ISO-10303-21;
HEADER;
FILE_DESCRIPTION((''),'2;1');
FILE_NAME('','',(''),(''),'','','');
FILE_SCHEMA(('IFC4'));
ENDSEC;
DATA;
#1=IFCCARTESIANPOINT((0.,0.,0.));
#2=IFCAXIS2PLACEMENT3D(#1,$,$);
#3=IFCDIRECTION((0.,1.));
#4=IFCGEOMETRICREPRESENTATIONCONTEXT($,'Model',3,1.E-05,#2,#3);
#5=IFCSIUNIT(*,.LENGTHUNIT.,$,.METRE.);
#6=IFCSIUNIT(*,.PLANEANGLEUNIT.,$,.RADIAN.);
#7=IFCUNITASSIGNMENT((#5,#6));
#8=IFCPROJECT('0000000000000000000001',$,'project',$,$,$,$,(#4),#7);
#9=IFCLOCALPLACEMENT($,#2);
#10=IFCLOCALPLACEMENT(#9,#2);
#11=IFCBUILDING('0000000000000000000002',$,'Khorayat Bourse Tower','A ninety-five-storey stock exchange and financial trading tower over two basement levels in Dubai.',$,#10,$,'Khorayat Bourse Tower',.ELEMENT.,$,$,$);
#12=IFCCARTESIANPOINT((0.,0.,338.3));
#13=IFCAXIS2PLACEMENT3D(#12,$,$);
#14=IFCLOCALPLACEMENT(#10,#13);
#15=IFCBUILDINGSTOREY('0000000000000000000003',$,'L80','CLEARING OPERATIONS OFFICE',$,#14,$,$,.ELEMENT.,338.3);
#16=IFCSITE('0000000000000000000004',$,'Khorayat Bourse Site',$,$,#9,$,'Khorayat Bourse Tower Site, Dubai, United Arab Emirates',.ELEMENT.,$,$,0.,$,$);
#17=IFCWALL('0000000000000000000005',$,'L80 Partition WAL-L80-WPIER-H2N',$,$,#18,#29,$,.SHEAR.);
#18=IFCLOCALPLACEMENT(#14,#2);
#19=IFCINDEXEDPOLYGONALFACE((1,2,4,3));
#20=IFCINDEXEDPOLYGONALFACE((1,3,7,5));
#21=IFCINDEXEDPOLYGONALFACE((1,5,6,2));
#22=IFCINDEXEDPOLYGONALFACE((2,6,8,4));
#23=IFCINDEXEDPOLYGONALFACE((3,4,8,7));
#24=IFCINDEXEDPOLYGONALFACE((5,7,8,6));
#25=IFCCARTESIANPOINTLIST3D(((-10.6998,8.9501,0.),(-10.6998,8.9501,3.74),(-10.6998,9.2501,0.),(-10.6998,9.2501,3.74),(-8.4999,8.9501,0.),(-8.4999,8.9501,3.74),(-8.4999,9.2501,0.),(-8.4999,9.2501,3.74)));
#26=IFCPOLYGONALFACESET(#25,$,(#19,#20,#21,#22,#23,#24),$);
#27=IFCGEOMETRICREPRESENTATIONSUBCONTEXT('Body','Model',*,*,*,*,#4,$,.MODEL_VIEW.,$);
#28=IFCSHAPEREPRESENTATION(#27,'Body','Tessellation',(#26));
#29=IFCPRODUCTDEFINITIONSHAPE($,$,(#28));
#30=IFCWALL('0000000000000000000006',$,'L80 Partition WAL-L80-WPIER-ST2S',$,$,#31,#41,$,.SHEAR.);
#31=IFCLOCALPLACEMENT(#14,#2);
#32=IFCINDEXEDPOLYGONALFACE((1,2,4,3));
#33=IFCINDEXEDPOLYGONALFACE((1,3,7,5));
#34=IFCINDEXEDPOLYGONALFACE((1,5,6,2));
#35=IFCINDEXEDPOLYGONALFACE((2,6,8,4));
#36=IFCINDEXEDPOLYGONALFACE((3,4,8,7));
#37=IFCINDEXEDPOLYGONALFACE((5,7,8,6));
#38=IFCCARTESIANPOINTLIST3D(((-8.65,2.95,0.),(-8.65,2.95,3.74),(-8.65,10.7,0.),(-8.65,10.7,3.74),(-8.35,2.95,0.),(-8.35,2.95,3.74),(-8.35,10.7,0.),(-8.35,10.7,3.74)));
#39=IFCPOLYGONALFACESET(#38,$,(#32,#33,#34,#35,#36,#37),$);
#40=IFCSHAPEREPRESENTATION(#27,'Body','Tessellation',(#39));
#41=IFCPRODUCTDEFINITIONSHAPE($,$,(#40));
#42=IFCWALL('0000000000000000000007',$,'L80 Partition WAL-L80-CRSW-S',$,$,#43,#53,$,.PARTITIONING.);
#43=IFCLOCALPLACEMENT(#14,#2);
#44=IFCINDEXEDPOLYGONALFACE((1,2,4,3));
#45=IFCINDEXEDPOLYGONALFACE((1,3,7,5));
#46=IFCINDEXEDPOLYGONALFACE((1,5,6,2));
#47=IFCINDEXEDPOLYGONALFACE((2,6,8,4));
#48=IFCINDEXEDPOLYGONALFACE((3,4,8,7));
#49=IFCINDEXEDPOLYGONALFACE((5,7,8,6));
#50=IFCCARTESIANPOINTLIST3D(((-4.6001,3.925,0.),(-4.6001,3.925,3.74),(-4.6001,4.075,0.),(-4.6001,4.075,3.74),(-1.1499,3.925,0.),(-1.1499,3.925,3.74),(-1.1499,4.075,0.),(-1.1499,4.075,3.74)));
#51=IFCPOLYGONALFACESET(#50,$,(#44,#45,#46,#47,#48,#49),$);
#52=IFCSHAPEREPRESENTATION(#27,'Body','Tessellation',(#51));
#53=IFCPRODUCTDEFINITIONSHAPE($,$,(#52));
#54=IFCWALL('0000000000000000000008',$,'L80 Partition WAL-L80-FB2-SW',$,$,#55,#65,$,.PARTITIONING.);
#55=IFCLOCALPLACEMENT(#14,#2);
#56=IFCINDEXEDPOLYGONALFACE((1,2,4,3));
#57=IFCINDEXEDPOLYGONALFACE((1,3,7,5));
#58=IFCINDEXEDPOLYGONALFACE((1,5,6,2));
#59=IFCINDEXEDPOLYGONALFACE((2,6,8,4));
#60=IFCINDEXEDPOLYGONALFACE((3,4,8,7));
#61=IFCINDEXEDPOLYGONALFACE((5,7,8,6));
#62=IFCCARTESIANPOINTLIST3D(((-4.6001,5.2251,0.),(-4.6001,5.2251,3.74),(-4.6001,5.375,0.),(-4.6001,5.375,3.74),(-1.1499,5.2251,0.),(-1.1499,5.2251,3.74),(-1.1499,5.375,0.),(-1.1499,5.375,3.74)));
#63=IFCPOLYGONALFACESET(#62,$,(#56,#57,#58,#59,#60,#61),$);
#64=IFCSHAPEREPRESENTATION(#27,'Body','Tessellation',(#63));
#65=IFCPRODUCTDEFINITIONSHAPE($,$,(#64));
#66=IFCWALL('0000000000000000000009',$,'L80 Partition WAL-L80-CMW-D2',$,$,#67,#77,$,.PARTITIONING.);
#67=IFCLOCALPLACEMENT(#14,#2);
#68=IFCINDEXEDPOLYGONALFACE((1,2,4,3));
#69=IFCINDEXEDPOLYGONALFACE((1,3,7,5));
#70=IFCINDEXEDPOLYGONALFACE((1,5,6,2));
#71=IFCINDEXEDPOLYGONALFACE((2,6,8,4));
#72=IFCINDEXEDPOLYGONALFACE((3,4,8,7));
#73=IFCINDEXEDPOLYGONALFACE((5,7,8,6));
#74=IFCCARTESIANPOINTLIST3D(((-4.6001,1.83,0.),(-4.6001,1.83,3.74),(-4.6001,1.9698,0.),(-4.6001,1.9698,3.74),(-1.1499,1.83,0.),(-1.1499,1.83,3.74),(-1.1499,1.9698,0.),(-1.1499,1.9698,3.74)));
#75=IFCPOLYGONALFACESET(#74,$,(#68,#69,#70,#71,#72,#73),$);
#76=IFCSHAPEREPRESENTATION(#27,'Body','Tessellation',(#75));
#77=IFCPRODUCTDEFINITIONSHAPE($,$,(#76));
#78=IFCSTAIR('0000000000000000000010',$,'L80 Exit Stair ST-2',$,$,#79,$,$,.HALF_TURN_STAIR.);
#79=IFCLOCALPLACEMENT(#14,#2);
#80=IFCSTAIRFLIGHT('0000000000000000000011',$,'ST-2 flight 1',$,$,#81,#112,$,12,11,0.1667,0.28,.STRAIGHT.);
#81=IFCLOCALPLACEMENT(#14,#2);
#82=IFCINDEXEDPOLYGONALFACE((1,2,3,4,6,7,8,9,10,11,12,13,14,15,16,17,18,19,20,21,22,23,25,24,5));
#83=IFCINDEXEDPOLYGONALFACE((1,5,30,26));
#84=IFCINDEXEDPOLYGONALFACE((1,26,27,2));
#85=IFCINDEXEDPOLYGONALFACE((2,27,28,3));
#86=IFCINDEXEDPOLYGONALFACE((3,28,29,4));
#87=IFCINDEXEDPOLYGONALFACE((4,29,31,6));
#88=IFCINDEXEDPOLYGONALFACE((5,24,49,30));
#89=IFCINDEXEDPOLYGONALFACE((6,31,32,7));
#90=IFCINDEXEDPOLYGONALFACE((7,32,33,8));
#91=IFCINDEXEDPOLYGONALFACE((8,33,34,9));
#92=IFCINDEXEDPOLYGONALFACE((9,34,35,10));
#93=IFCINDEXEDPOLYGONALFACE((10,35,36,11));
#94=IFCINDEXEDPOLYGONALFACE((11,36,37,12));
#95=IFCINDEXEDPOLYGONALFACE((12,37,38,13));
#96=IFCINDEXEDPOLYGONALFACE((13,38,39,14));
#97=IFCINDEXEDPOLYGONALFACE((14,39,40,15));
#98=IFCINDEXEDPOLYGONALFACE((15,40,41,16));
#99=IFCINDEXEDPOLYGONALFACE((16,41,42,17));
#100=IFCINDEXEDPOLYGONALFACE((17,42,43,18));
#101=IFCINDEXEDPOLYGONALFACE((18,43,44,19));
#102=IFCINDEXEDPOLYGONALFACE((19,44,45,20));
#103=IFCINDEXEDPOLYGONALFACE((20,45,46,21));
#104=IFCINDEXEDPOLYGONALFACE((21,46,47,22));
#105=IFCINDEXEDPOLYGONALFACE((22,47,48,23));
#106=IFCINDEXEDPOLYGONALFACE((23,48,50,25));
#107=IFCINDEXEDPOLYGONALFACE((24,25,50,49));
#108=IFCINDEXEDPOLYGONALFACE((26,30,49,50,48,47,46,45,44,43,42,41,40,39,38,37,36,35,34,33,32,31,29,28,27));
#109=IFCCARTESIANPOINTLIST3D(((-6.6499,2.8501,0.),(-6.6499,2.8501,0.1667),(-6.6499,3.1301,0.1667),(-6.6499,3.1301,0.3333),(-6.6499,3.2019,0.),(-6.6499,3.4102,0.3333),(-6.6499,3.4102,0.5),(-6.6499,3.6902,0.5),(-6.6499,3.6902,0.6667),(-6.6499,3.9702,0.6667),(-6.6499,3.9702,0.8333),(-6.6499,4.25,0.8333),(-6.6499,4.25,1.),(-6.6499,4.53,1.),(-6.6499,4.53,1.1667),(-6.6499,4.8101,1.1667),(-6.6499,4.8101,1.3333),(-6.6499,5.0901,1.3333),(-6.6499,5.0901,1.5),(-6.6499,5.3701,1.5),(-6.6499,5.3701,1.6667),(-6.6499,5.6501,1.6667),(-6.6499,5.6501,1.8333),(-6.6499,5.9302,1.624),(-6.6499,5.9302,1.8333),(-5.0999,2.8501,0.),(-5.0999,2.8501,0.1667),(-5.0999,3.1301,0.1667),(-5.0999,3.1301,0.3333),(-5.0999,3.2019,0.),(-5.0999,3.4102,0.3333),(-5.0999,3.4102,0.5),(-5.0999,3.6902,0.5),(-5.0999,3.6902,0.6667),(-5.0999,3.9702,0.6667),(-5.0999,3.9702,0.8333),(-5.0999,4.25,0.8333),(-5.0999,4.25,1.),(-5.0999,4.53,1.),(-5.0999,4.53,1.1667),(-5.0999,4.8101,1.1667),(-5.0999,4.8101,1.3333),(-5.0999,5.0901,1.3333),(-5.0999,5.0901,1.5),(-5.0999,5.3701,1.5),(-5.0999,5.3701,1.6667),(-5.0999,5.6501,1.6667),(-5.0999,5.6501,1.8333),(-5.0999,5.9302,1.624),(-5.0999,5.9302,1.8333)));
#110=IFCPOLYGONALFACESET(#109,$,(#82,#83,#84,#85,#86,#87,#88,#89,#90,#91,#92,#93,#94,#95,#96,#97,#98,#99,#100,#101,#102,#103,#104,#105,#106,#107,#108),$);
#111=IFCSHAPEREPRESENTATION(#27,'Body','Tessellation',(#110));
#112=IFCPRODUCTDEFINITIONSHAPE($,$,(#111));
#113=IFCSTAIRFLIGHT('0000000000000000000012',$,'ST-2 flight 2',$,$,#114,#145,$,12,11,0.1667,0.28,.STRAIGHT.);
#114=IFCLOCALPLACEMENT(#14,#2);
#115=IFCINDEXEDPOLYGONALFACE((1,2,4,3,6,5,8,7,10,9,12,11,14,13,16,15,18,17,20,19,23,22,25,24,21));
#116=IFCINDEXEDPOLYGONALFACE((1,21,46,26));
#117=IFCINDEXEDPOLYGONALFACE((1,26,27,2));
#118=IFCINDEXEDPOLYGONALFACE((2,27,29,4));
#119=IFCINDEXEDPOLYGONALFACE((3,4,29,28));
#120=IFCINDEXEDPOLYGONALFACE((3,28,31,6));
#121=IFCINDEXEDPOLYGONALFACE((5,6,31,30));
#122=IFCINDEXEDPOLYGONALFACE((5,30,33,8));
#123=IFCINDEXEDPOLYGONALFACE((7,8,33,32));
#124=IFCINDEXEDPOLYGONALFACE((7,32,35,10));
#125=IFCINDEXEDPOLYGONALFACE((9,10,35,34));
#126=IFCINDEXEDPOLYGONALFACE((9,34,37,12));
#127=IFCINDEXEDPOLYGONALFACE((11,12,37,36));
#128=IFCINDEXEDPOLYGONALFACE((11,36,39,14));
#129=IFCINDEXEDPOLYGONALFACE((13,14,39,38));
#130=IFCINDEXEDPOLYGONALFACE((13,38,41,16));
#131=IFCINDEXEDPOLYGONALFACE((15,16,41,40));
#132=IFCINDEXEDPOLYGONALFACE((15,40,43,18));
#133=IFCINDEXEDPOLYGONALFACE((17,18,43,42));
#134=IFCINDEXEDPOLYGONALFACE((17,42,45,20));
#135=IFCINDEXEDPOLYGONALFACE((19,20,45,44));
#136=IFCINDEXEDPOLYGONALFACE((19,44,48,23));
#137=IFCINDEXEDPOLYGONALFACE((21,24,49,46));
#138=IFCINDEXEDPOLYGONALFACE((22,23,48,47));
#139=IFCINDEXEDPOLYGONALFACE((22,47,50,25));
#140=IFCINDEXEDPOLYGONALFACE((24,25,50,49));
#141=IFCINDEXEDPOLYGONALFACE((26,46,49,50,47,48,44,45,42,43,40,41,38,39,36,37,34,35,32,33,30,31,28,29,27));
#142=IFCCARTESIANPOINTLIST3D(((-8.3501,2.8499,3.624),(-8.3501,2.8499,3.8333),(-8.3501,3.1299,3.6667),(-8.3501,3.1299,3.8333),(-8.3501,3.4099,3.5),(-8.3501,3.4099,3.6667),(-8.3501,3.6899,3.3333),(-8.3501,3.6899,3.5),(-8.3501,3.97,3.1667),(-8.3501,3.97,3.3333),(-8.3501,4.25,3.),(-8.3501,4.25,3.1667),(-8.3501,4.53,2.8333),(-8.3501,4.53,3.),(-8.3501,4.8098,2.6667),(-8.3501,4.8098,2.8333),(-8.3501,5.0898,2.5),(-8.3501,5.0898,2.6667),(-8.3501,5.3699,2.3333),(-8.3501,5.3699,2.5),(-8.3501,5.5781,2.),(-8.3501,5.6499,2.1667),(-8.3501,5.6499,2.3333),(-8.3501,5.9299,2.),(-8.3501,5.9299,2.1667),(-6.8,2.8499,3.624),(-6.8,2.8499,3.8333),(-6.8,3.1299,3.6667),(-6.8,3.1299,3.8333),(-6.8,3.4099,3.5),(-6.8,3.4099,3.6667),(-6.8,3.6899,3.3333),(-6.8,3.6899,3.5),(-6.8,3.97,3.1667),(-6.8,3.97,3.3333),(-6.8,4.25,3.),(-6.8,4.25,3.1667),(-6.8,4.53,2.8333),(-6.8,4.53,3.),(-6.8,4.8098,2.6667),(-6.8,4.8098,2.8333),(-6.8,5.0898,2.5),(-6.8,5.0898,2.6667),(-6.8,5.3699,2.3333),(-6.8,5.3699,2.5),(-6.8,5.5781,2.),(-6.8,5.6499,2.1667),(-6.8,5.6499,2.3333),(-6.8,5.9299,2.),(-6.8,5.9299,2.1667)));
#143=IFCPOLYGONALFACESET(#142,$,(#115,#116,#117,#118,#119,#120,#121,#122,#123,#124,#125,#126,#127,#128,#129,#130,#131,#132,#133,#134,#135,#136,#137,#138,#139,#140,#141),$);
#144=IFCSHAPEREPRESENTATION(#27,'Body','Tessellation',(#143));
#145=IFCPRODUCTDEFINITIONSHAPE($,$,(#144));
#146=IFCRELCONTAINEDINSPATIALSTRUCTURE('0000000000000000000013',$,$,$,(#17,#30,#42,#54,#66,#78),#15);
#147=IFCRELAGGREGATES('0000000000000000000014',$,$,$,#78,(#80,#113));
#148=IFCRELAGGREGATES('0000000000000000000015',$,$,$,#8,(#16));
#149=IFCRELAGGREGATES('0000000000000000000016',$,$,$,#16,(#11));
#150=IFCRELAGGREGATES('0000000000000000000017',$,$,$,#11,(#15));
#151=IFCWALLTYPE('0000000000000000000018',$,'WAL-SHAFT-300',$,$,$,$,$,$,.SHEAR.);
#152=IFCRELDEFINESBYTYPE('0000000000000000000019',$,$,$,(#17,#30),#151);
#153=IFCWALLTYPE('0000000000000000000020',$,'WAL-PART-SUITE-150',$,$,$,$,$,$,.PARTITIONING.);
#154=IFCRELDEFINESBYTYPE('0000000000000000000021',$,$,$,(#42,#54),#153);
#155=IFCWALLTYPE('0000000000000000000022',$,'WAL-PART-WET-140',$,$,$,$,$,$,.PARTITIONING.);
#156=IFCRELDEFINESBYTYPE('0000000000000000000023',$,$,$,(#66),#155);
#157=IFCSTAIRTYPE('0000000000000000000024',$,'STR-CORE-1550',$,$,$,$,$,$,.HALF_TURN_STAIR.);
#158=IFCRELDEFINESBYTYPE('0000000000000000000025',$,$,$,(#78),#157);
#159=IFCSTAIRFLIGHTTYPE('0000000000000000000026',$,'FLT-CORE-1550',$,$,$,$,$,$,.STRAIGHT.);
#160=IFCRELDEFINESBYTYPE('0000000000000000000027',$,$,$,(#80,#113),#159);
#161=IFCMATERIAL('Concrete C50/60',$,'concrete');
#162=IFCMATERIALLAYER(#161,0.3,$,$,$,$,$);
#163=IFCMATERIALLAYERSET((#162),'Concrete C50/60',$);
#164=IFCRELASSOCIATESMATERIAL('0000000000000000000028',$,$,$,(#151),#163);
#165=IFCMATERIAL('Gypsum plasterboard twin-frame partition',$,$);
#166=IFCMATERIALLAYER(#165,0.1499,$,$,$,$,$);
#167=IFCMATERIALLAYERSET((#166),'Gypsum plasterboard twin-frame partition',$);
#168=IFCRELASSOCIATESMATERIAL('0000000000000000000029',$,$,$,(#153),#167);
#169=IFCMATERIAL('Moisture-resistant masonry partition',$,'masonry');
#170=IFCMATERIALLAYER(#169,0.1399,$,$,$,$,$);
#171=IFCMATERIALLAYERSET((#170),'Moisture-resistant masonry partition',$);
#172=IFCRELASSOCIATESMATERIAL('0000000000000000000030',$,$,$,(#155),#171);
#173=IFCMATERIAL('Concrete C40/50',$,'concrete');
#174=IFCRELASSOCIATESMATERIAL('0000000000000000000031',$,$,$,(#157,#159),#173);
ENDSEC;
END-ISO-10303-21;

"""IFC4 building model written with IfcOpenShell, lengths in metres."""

from ifc_helpers import new_model, si_unit, direction, frame, frame_2d, origin, place, context, subcontext, project, spatial, polyline, rectangle, outline, extrude, source, transform, mapped, material, layer, layer_set, type_object, element, aggregate, save


model = new_model("IFC4")

# Units and contexts
model_context = context("Model", 3, precision=1e-05, world=origin(), true_north=direction((0.0, 1.0)))
body_context = subcontext(model_context, "Body", "Model", "MODEL_VIEW")
ifc_project = project(units=[si_unit("LENGTHUNIT", "METRE"), si_unit("PLANEANGLEUNIT", "RADIAN")], contexts=[model_context])

# Site, building, storey
site_placement = place(None, origin())
site = spatial("IfcSite", under=ifc_project, at=site_placement, Name="Khorayat Bourse Site", LongName="Khorayat Bourse Tower Site, Dubai, United Arab Emirates", CompositionType="ELEMENT", RefElevation=0.0)
building_placement = place(site_placement, origin())
building = spatial("IfcBuilding", under=site, at=building_placement, Name="Khorayat Bourse Tower", Description="A ninety-five-storey stock exchange and financial trading tower over two basement levels in Dubai.", LongName="Khorayat Bourse Tower", CompositionType="ELEMENT")
storey_placement = place(building_placement, frame((0.0, 0.0, 338.3)))
storey = spatial("IfcBuildingStorey", under=building, at=storey_placement, Name="L80", Description="CLEARING OPERATIONS OFFICE", CompositionType="ELEMENT", Elevation=338.3)

# Walls
ifc_material_1 = material(Name="Concrete C50/60", Category="concrete")
ifc_layer_1 = layer(ifc_material_1, 0.3)
ifc_layer_set_1 = layer_set([ifc_layer_1], Name="Concrete C50/60")
wall_type_1 = type_object("IfcWallType", Name="WAL-SHAFT-300", PredefinedType="SHEAR", material=ifc_layer_set_1)
shared_shape_1 = source(origin(), body_context, "Body", "SweptSolid", [
    extrude(rectangle(XDim=2.2, YDim=0.3, at=frame_2d((1.1001, 0.0))), origin(), (0.0, 0.0, 1.0), 3.74),
])
for number, where, z_axis, x_axis, name in (
    (1, (-10.7, 9.1001, 0.0), (0.0, 0.0, 1.0), (1.0, 0.0, 0.0), "L80 Partition WAL-L80-WPIER-H2N"),
):
    element("IfcWall", number, at=place(storey_placement, frame(where, z_axis=z_axis, x_axis=x_axis)), inside=storey, type_object=wall_type_1, Name=name, PredefinedType="SHEAR", context=body_context, shape_type="MappedRepresentation", body=[
        mapped(shared_shape_1, transform((0.0, 0.0, 0.0), scale=1.0)),
    ])
shared_shape_2 = source(origin(), body_context, "Body", "SweptSolid", [
    extrude(rectangle(XDim=7.75, YDim=0.3, at=frame_2d((3.875, 0.0))), origin(), (0.0, 0.0, 1.0), 3.74),
])
wall_1_placement = place(storey_placement, frame((-8.5, 2.95, 0.0), z_axis=(0.0, 0.0, 1.0), x_axis=(0.0, 1.0, 0.0)))
element("IfcWall", 2, at=wall_1_placement, inside=storey, type_object=wall_type_1, Name="L80 Partition WAL-L80-WPIER-ST2S", PredefinedType="SHEAR", context=body_context, shape_type="MappedRepresentation", body=[
    mapped(shared_shape_2, transform((0.0, 0.0, 0.0), scale=1.0)),
])
ifc_material_2 = material(Name="Gypsum plasterboard twin-frame partition")
ifc_layer_2 = layer(ifc_material_2, 0.1499)
ifc_layer_set_2 = layer_set([ifc_layer_2], Name="Gypsum plasterboard twin-frame partition")
wall_type_2 = type_object("IfcWallType", Name="WAL-PART-SUITE-150", PredefinedType="PARTITIONING", material=ifc_layer_set_2)
shared_shape_3 = source(origin(), body_context, "Body", "SweptSolid", [
    extrude(rectangle(XDim=3.4502, YDim=0.1499, at=frame_2d((1.7251, 0.0))), origin(), (0.0, 0.0, 1.0), 3.74),
])
for number, where, z_axis, x_axis, name in (
    (3, (-4.6001, 4.0, 0.0), (0.0, 0.0, 1.0), (1.0, 0.0, 0.0), "L80 Partition WAL-L80-CRSW-S"),
    (4, (-4.6001, 5.3, 0.0), (0.0, 0.0, 1.0), (1.0, 0.0, 0.0), "L80 Partition WAL-L80-FB2-SW"),
):
    element("IfcWall", number, at=place(storey_placement, frame(where, z_axis=z_axis, x_axis=x_axis)), inside=storey, type_object=wall_type_2, Name=name, PredefinedType="PARTITIONING", context=body_context, shape_type="MappedRepresentation", body=[
        mapped(shared_shape_3, transform((0.0, 0.0, 0.0), scale=1.0)),
    ])
ifc_material_3 = material(Name="Moisture-resistant masonry partition", Category="masonry")
ifc_layer_3 = layer(ifc_material_3, 0.1399)
ifc_layer_set_3 = layer_set([ifc_layer_3], Name="Moisture-resistant masonry partition")
wall_type_3 = type_object("IfcWallType", Name="WAL-PART-WET-140", PredefinedType="PARTITIONING", material=ifc_layer_set_3)
shared_shape_4 = source(origin(), body_context, "Body", "SweptSolid", [
    extrude(rectangle(XDim=3.4502, YDim=0.1399, at=frame_2d((1.7251, 0.0))), origin(), (0.0, 0.0, 1.0), 3.74),
])
wall_2_placement = place(storey_placement, frame((-4.6001, 1.8999, 0.0), z_axis=(0.0, 0.0, 1.0), x_axis=(1.0, 0.0, 0.0)))
element("IfcWall", 5, at=wall_2_placement, inside=storey, type_object=wall_type_3, Name="L80 Partition WAL-L80-CMW-D2", PredefinedType="PARTITIONING", context=body_context, shape_type="MappedRepresentation", body=[
    mapped(shared_shape_4, transform((0.0, 0.0, 0.0), scale=1.0)),
])

# Stair, stair flights
ifc_material_4 = material(Name="Concrete C40/50", Category="concrete")
stair_type = type_object("IfcStairType", Name="STR-CORE-1550", PredefinedType="HALF_TURN_STAIR", material=ifc_material_4)
stair_placement = place(storey_placement, origin())
stair = element("IfcStair", 6, at=stair_placement, inside=storey, type_object=stair_type, Name="L80 Exit Stair ST-2", PredefinedType="HALF_TURN_STAIR")
stair_flight_type = type_object("IfcStairFlightType", Name="FLT-CORE-1550", PredefinedType="STRAIGHT", material=ifc_material_4)
shared_shape_5 = source(origin(), body_context, "Body", "SweptSolid", [
    extrude(outline(polyline([(0.0, 0.0), (0.0, 0.1667), (0.28, 0.1667), (0.28, 0.3333), (0.5601, 0.3333), (0.5601, 0.5), (0.8401, 0.5), (0.8401, 0.6667), (1.1201, 0.6667), (1.1201, 0.8333), (1.3999, 0.8333), (1.3999, 1.0), (1.6799, 1.0), (1.6799, 1.1667), (1.96, 1.1667), (1.96, 1.3333), (2.24, 1.3333), (2.24, 1.5), (2.52, 1.5), (2.52, 1.6667), (2.8, 1.6667), (2.8, 1.8333), (3.0801, 1.8333), (3.0801, 2.0), (3.0801, 1.624), (0.3518, 0.0), (0.0, 0.0)])), frame((0.0, 0.7749, 0.0), z_axis=(0.0, -1.0, 0.0), x_axis=(1.0, 0.0, 0.0)), (0.0, 0.0, 1.0), 1.55),
])
stair_flight_1_placement = place(storey_placement, frame((-5.875, 2.8501, 0.0), z_axis=(0.0, 0.0, 1.0), x_axis=(0.0, 1.0, 0.0)))
stair_flight_1 = element("IfcStairFlight", 7, at=stair_flight_1_placement, type_object=stair_flight_type, Name="ST-2 flight 1", NumberOfRisers=12, NumberOfTreads=11, PredefinedType="STRAIGHT", RiserHeight=0.1667, TreadLength=0.28, context=body_context, shape_type="MappedRepresentation", body=[
    mapped(shared_shape_5, transform((0.0, 0.0, 0.0), scale=1.0)),
])
stair_flight_2_placement = place(storey_placement, frame((-7.575, 5.9299, 2.0), z_axis=(0.0, 0.0, 1.0), x_axis=(0.0, -1.0, 0.0)))
stair_flight_2 = element("IfcStairFlight", 8, at=stair_flight_2_placement, type_object=stair_flight_type, Name="ST-2 flight 2", NumberOfRisers=12, NumberOfTreads=11, PredefinedType="STRAIGHT", RiserHeight=0.1667, TreadLength=0.28, context=body_context, shape_type="MappedRepresentation", body=[
    mapped(shared_shape_5, transform((0.0, 0.0, 0.0), scale=1.0)),
])
aggregate(stair, [stair_flight_1, stair_flight_2])

save(model, "model.ifc")
